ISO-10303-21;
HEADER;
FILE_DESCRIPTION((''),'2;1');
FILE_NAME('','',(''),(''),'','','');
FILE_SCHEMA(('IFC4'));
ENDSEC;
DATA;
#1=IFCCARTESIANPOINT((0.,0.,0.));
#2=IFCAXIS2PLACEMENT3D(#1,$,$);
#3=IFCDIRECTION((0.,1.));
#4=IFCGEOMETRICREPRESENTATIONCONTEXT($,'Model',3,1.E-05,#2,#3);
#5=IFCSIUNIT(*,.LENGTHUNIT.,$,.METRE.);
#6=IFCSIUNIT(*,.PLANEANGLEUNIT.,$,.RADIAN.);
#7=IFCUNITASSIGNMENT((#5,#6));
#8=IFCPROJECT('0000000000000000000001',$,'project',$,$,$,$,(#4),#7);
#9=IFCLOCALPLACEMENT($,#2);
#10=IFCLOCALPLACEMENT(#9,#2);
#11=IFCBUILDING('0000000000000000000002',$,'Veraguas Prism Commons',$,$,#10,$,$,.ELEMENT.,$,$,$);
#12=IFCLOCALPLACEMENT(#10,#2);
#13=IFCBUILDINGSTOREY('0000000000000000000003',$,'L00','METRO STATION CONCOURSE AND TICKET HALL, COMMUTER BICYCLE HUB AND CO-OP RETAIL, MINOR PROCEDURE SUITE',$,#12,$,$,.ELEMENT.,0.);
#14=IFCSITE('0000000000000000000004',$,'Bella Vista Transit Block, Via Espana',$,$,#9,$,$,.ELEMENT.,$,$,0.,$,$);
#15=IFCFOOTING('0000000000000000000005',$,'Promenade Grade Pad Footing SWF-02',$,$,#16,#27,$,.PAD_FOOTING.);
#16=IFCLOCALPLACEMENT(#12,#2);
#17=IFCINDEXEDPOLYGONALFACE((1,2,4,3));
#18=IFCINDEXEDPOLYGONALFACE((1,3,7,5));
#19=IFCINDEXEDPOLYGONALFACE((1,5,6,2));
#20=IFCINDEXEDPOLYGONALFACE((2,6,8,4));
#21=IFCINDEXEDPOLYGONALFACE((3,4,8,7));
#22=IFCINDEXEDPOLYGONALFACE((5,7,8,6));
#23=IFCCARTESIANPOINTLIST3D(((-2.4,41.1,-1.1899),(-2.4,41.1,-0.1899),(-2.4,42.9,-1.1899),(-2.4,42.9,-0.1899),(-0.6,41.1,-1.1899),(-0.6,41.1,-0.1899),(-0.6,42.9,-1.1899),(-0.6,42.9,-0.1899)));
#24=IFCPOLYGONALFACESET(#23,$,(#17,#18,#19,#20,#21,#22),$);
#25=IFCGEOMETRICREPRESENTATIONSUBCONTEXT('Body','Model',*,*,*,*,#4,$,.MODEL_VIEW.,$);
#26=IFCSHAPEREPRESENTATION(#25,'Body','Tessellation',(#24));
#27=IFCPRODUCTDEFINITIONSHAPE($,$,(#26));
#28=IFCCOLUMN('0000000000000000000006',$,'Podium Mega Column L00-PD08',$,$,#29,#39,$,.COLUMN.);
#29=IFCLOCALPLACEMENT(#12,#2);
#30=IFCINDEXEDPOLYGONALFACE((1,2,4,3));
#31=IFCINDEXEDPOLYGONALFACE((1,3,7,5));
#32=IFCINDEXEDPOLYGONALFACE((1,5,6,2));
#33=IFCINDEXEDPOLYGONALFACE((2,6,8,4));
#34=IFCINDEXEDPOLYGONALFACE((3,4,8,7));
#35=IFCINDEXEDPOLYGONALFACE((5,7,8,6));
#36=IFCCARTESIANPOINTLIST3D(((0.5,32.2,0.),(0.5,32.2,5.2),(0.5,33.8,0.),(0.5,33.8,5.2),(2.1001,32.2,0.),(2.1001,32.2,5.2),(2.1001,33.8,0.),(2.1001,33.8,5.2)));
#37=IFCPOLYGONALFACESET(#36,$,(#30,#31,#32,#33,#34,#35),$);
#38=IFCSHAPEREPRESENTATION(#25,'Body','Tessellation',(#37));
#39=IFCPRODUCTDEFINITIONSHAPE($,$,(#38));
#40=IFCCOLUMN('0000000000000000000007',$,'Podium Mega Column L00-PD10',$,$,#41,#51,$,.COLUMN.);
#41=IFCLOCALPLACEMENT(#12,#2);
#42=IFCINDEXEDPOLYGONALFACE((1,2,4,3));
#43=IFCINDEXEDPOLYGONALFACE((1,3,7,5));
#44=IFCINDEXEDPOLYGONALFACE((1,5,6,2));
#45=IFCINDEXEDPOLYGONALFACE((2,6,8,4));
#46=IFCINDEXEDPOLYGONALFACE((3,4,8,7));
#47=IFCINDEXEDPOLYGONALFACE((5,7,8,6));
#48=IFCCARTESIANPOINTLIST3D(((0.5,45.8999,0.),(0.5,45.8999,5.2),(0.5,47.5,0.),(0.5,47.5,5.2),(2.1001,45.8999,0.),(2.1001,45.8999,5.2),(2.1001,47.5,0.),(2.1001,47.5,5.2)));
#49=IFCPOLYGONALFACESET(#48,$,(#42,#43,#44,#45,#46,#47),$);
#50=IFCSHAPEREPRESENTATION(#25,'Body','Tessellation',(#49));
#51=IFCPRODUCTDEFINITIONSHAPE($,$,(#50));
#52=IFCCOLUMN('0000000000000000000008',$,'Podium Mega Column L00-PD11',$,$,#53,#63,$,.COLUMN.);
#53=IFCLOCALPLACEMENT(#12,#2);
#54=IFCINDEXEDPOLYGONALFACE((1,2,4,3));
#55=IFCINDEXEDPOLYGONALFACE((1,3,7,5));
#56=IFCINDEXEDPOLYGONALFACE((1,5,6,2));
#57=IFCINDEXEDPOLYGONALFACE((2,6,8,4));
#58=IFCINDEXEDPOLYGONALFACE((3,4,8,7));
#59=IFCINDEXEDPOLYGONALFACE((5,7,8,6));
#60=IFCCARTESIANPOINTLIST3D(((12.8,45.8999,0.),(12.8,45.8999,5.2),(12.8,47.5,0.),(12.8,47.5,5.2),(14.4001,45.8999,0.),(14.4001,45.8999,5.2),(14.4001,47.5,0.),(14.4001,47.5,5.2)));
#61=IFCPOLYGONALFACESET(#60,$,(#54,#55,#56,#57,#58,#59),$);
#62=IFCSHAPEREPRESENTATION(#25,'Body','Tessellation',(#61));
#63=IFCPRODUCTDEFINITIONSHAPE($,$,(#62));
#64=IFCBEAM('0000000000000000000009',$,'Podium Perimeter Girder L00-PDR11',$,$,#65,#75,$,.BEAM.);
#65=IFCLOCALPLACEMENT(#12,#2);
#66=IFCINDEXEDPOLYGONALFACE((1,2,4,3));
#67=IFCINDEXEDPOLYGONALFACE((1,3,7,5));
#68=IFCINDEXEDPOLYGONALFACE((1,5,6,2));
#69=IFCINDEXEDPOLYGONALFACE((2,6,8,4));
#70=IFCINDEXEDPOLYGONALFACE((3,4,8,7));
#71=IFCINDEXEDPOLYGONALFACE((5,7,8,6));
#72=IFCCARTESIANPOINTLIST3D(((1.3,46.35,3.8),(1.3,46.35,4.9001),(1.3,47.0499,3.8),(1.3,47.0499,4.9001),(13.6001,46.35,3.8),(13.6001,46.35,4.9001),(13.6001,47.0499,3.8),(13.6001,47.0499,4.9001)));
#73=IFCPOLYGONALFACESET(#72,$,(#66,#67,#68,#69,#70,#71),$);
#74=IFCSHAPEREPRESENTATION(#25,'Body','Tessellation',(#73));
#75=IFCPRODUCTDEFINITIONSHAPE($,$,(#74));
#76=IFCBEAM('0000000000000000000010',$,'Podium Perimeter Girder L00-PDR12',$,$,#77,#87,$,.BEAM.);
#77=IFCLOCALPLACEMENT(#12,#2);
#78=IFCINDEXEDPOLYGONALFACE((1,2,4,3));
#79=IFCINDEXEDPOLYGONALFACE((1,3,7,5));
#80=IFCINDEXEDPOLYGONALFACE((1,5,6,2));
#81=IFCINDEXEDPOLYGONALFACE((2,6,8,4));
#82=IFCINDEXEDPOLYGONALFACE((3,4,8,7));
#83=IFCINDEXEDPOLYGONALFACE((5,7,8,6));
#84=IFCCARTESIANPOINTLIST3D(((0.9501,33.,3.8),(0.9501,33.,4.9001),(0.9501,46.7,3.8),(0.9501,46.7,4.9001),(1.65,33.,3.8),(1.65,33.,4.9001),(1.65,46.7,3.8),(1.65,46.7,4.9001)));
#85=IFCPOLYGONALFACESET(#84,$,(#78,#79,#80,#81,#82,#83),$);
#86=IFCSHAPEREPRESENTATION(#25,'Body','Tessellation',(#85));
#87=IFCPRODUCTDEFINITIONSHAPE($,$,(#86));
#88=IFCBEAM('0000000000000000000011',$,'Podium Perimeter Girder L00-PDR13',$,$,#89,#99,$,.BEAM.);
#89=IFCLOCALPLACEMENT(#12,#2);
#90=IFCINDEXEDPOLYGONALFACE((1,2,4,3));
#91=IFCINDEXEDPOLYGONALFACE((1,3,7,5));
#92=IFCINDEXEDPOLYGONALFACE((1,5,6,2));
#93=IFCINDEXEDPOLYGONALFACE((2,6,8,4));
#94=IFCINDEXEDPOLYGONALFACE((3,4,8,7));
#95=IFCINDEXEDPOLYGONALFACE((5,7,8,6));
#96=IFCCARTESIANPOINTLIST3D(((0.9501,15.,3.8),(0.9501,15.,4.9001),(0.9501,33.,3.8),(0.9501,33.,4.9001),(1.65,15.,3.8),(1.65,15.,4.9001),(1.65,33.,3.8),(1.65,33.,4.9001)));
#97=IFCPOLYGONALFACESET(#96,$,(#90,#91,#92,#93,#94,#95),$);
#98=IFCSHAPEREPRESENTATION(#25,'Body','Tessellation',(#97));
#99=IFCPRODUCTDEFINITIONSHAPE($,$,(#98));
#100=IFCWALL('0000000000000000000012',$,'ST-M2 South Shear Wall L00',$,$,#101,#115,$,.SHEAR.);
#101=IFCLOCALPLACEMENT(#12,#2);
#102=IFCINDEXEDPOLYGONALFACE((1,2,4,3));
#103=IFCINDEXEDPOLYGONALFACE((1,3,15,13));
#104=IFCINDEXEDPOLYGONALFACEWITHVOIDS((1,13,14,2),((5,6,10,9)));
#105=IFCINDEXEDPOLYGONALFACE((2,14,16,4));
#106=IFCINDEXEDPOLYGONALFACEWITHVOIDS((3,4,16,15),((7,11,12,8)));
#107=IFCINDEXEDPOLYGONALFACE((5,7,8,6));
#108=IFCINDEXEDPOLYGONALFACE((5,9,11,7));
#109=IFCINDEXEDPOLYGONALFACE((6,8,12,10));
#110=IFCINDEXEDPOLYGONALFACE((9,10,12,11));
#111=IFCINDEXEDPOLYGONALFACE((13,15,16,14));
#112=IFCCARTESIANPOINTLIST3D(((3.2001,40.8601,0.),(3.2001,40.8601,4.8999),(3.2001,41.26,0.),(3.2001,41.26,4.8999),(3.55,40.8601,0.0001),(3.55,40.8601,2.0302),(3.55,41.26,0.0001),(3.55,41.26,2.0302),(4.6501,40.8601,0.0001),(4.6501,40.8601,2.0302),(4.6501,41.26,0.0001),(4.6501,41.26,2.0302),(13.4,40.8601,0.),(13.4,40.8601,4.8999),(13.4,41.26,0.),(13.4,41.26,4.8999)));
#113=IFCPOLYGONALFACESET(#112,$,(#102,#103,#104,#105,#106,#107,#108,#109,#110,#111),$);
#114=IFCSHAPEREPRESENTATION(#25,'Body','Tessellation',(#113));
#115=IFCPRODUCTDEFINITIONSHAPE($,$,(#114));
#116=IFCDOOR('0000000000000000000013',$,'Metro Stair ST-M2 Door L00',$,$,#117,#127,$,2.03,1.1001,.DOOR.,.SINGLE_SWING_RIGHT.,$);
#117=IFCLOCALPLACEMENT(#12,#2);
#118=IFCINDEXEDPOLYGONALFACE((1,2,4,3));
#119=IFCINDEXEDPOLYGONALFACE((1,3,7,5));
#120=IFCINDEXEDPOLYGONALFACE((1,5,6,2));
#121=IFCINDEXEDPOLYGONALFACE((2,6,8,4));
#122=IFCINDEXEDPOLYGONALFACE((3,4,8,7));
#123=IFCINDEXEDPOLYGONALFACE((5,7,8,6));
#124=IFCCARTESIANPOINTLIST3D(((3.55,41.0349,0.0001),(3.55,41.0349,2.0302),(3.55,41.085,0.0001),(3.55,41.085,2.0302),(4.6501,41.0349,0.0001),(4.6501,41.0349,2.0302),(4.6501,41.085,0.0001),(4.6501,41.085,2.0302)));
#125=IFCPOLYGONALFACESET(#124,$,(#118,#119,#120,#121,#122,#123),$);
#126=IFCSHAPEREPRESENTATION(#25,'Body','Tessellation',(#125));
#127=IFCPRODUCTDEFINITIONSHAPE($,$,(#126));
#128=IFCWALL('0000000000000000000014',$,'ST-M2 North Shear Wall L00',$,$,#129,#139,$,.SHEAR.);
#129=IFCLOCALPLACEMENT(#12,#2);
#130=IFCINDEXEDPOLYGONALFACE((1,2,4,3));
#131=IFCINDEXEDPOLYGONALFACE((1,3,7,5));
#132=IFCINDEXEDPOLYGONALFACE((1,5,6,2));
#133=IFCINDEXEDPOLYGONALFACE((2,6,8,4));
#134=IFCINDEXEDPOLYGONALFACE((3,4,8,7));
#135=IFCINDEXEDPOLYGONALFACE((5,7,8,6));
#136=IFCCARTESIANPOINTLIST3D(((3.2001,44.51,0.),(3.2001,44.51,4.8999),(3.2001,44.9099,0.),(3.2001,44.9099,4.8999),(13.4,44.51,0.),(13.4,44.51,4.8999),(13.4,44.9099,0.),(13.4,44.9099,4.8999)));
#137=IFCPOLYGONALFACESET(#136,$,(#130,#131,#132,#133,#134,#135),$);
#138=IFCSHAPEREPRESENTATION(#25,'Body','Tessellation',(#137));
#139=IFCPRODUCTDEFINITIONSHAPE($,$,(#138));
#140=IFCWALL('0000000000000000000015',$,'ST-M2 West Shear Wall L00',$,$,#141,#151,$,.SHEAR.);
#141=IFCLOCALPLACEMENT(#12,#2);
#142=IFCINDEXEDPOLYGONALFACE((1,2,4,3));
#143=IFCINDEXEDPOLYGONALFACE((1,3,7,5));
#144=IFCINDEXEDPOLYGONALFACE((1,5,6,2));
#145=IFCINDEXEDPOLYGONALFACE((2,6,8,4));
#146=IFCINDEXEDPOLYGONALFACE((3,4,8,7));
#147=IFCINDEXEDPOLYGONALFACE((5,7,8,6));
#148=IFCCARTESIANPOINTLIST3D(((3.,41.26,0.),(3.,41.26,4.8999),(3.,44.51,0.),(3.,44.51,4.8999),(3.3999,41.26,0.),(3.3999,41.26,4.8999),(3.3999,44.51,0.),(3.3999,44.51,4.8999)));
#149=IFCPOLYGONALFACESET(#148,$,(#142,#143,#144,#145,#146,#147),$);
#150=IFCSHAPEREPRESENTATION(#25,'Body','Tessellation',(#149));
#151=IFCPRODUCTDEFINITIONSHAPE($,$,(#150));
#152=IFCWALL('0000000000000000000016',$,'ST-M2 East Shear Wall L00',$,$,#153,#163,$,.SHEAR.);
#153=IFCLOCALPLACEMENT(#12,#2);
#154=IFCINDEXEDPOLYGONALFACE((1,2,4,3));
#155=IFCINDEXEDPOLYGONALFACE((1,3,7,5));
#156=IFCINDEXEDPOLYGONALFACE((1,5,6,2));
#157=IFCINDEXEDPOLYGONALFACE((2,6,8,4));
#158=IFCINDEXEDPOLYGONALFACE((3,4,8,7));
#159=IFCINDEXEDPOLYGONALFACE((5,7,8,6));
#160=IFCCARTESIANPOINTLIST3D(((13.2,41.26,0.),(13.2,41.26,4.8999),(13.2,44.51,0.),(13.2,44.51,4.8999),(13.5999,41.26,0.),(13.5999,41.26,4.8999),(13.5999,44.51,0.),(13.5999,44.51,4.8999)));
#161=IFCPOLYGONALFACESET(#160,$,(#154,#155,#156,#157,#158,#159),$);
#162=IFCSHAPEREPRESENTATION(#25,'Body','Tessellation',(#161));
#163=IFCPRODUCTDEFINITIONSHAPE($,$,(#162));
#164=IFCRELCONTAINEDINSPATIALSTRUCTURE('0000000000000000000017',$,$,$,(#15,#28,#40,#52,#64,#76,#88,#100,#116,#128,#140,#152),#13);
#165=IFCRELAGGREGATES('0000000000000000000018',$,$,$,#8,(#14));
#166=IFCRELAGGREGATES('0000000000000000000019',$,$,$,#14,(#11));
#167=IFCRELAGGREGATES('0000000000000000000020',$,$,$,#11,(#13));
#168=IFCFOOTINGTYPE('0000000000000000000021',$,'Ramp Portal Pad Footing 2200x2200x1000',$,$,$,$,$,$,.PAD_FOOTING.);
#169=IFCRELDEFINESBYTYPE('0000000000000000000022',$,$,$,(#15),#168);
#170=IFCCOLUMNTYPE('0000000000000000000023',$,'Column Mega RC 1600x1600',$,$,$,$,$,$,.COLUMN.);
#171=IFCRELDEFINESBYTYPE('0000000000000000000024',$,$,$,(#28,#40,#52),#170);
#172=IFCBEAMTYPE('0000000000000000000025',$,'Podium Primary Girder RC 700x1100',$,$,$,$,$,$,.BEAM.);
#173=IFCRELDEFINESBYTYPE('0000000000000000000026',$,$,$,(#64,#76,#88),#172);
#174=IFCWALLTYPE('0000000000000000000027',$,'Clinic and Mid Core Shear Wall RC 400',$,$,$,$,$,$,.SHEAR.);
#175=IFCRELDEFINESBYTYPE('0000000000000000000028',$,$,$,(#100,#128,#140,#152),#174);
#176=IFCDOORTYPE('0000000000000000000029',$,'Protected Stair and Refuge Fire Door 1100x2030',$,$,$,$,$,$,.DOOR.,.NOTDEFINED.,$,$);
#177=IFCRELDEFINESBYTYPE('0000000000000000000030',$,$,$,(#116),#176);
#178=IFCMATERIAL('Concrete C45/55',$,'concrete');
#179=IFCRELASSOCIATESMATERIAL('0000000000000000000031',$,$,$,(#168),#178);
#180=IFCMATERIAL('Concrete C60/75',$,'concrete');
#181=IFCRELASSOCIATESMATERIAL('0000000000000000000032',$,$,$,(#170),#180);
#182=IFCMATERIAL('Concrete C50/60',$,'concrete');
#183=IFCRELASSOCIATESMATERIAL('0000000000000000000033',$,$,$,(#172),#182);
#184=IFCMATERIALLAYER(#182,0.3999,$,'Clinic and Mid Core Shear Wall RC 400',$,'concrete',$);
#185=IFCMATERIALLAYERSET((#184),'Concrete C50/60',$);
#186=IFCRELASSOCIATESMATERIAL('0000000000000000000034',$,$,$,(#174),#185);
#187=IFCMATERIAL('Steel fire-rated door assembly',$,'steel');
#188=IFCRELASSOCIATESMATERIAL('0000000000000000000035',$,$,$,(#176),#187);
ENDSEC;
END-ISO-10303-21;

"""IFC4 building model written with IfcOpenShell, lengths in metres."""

from ifc_helpers import new_model, si_unit, direction, frame, frame_2d, origin, origin_2d, place, context, subcontext, project, spatial, rectangle, extrude, source, transform, mapped, material, layer, layer_set, material_profile, profile_set, type_object, element, fill, save


model = new_model("IFC4")

# Units and contexts
model_context = context("Model", 3, precision=1e-05, world=origin(), true_north=direction((0.0, 1.0)))
body_context = subcontext(model_context, "Body", "Model", "MODEL_VIEW")
ifc_project = project(units=[si_unit("LENGTHUNIT", "METRE"), si_unit("PLANEANGLEUNIT", "RADIAN")], contexts=[model_context])

# Site, building, storey
site_placement = place(None, origin())
site = spatial("IfcSite", under=ifc_project, at=site_placement, Name="Bella Vista Transit Block, Via Espana", CompositionType="ELEMENT", RefElevation=0.0)
building_placement = place(site_placement, origin())
building = spatial("IfcBuilding", under=site, at=building_placement, Name="Veraguas Prism Commons", CompositionType="ELEMENT")
storey_placement = place(building_placement, origin())
storey = spatial("IfcBuildingStorey", under=building, at=storey_placement, Name="L00", Description="METRO STATION CONCOURSE AND TICKET HALL, COMMUTER BICYCLE HUB AND CO-OP RETAIL, MINOR PROCEDURE SUITE", CompositionType="ELEMENT", Elevation=0.0)

# Footing
ifc_material_1 = material(Name="Concrete C45/55", Category="concrete")
footing_type = type_object("IfcFootingType", Name="Ramp Portal Pad Footing 2200x2200x1000", PredefinedType="PAD_FOOTING", material=ifc_material_1)
shared_shape_1 = source(origin(), body_context, "Body", "SweptSolid", [
    extrude(rectangle(XDim=1.8, YDim=1.8, at=origin_2d()), origin(), (0.0, 0.0, 1.0), 1.0),
])
footing_placement = place(storey_placement, frame((-1.5, 42.0, -1.1899), z_axis=(0.0, 0.0, 1.0), x_axis=(1.0, 0.0, 0.0)))
element("IfcFooting", 1, at=footing_placement, inside=storey, type_object=footing_type, Name="Promenade Grade Pad Footing SWF-02", PredefinedType="PAD_FOOTING", context=body_context, shape_type="MappedRepresentation", body=[
    mapped(shared_shape_1, transform((0.0, 0.0, 0.0), scale=1.0)),
])

# Columns
ifc_material_2 = material(Name="Concrete C60/75", Category="concrete")
ifc_material_profile_1 = material_profile(ifc_material_2, rectangle(XDim=1.6001, YDim=1.6001, at=origin_2d()), Name="RC1600X1600")
ifc_profile_set_1 = profile_set([ifc_material_profile_1], Name="Concrete C60/75")
column_type = type_object("IfcColumnType", Name="Column Mega RC 1600x1600", PredefinedType="COLUMN", material=ifc_profile_set_1)
for number, where, z_axis, x_axis, name in (
    (2, (1.3, 33.0, 0.0), (0.0, 0.0, 1.0), (1.0, 0.0, 0.0), "Podium Mega Column L00-PD08"),
    (3, (1.3, 46.7, 0.0), (0.0, 0.0, 1.0), (1.0, 0.0, 0.0), "Podium Mega Column L00-PD10"),
    (4, (13.6001, 46.7, 0.0), (0.0, 0.0, 1.0), (1.0, 0.0, 0.0), "Podium Mega Column L00-PD11"),
):
    element("IfcColumn", number, at=place(storey_placement, frame(where, z_axis=z_axis, x_axis=x_axis)), inside=storey, type_object=column_type, Name=name, PredefinedType="COLUMN", context=body_context, shape_type="SweptSolid", body=[
        extrude(rectangle(XDim=1.6001, YDim=1.6001, at=origin_2d()), origin(), (0.0, 0.0, 1.0), 5.2),
    ])

# Beams
ifc_material_3 = material(Name="Concrete C50/60", Category="concrete")
ifc_material_profile_2 = material_profile(ifc_material_3, rectangle(XDim=0.7, YDim=1.1001, at=origin_2d()), Name="RC700X1100")
ifc_profile_set_2 = profile_set([ifc_material_profile_2], Name="Concrete C50/60")
beam_type = type_object("IfcBeamType", Name="Podium Primary Girder RC 700x1100", PredefinedType="BEAM", material=ifc_profile_set_2)
beam_1_placement = place(storey_placement, frame((13.6001, 46.7, 4.3501), z_axis=(-1.0, 0.0, 0.0), x_axis=(0.0, -1.0, 0.0)))
element("IfcBeam", 5, at=beam_1_placement, inside=storey, type_object=beam_type, Name="Podium Perimeter Girder L00-PDR11", PredefinedType="BEAM", context=body_context, shape_type="SweptSolid", body=[
    extrude(rectangle(XDim=0.7, YDim=1.1001, at=origin_2d()), origin(), (0.0, 0.0, 1.0), 12.3),
])
beam_2_placement = place(storey_placement, frame((1.3, 46.7, 4.3501), z_axis=(0.0, -1.0, 0.0), x_axis=(1.0, 0.0, 0.0)))
element("IfcBeam", 6, at=beam_2_placement, inside=storey, type_object=beam_type, Name="Podium Perimeter Girder L00-PDR12", PredefinedType="BEAM", context=body_context, shape_type="SweptSolid", body=[
    extrude(rectangle(XDim=0.7, YDim=1.1001, at=origin_2d()), origin(), (0.0, 0.0, 1.0), 13.7),
])
beam_3_placement = place(storey_placement, frame((1.3, 33.0, 4.3501), z_axis=(0.0, -1.0, 0.0), x_axis=(1.0, 0.0, 0.0)))
element("IfcBeam", 7, at=beam_3_placement, inside=storey, type_object=beam_type, Name="Podium Perimeter Girder L00-PDR13", PredefinedType="BEAM", context=body_context, shape_type="SweptSolid", body=[
    extrude(rectangle(XDim=0.7, YDim=1.1001, at=origin_2d()), origin(), (0.0, 0.0, 1.0), 18.0),
])

# Wall, opening, door
ifc_layer_1 = layer(ifc_material_3, 0.3999, Name="Clinic and Mid Core Shear Wall RC 400", Category="concrete")
ifc_layer_set_1 = layer_set([ifc_layer_1], Name="Concrete C50/60")
wall_type_1 = type_object("IfcWallType", Name="Clinic and Mid Core Shear Wall RC 400", PredefinedType="SHEAR", material=ifc_layer_set_1)
wall_1_placement = place(storey_placement, frame((3.2, 41.0601, 0.0), z_axis=(0.0, 0.0, 1.0), x_axis=(1.0, 0.0, 0.0)))
wall_1 = element("IfcWall", 8, at=wall_1_placement, inside=storey, type_object=wall_type_1, Name="ST-M2 South Shear Wall L00", PredefinedType="SHEAR", context=body_context, shape_type="SweptSolid", body=[
    extrude(rectangle(XDim=10.2, YDim=0.3999, at=frame_2d((5.1001, 0.0))), origin(), (0.0, 0.0, 1.0), 4.8999),
])
opening_1_placement = place(wall_1_placement, frame((0.3501, 0.0, 0.0)))
opening_1 = element("IfcOpeningElement", 9, at=opening_1_placement, cuts=wall_1, PredefinedType="OPENING", context=body_context, shape_type="SweptSolid", body=[
    extrude(rectangle(XDim=1.1001, YDim=2.03, at=frame_2d((0.55, 1.0151))), frame((0.0, 0.21, 0.0), z_axis=(0.0, -1.0, 0.0), x_axis=(1.0, 0.0, 0.0)), (0.0, 0.0, 1.0), 0.4199),
])
ifc_material_4 = material(Name="Steel fire-rated door assembly", Category="steel")
door_type_1 = type_object("IfcDoorType", Name="Protected Stair and Refuge Fire Door 1100x2030", OperationType="NOTDEFINED", PredefinedType="DOOR", material=ifc_material_4)
shared_shape_2 = source(origin(), body_context, "Body", "SweptSolid", [
    extrude(rectangle(XDim=1.1001, YDim=2.03, at=frame_2d((0.55, 1.0151))), frame((0.0, 0.0249, 0.0), z_axis=(0.0, -1.0, 0.0), x_axis=(1.0, 0.0, 0.0)), (0.0, 0.0, 1.0), 0.05),
])
door_1_placement = place(opening_1_placement, origin())
door_1 = element("IfcDoor", 10, at=door_1_placement, inside=storey, type_object=door_type_1, Name="Metro Stair ST-M2 Door L00", OperationType="SINGLE_SWING_RIGHT", OverallHeight=2.03, OverallWidth=1.1001, PredefinedType="DOOR", context=body_context, shape_type="MappedRepresentation", body=[
    mapped(shared_shape_2, transform((0.0, 0.0, 0.0), scale=1.0)),
])
fill(opening_1, door_1)

# Walls
wall_2_placement = place(storey_placement, frame((3.2, 44.71, 0.0), z_axis=(0.0, 0.0, 1.0), x_axis=(1.0, 0.0, 0.0)))
element("IfcWall", 11, at=wall_2_placement, inside=storey, type_object=wall_type_1, Name="ST-M2 North Shear Wall L00", PredefinedType="SHEAR", context=body_context, shape_type="SweptSolid", body=[
    extrude(rectangle(XDim=10.2, YDim=0.3999, at=frame_2d((5.1001, 0.0))), origin(), (0.0, 0.0, 1.0), 4.8999),
])
for number, where, z_axis, x_axis, name in (
    (12, (3.2, 41.26, 0.0), (0.0, 0.0, 1.0), (0.0, 1.0, 0.0), "ST-M2 West Shear Wall L00"),
    (13, (13.3999, 41.26, 0.0), (0.0, 0.0, 1.0), (0.0, 1.0, 0.0), "ST-M2 East Shear Wall L00"),
):
    element("IfcWall", number, at=place(storey_placement, frame(where, z_axis=z_axis, x_axis=x_axis)), inside=storey, type_object=wall_type_1, Name=name, PredefinedType="SHEAR", context=body_context, shape_type="SweptSolid", body=[
        extrude(rectangle(XDim=3.25, YDim=0.3999, at=frame_2d((1.625, 0.0))), origin(), (0.0, 0.0, 1.0), 4.8999),
    ])

save(model, "model.ifc")
